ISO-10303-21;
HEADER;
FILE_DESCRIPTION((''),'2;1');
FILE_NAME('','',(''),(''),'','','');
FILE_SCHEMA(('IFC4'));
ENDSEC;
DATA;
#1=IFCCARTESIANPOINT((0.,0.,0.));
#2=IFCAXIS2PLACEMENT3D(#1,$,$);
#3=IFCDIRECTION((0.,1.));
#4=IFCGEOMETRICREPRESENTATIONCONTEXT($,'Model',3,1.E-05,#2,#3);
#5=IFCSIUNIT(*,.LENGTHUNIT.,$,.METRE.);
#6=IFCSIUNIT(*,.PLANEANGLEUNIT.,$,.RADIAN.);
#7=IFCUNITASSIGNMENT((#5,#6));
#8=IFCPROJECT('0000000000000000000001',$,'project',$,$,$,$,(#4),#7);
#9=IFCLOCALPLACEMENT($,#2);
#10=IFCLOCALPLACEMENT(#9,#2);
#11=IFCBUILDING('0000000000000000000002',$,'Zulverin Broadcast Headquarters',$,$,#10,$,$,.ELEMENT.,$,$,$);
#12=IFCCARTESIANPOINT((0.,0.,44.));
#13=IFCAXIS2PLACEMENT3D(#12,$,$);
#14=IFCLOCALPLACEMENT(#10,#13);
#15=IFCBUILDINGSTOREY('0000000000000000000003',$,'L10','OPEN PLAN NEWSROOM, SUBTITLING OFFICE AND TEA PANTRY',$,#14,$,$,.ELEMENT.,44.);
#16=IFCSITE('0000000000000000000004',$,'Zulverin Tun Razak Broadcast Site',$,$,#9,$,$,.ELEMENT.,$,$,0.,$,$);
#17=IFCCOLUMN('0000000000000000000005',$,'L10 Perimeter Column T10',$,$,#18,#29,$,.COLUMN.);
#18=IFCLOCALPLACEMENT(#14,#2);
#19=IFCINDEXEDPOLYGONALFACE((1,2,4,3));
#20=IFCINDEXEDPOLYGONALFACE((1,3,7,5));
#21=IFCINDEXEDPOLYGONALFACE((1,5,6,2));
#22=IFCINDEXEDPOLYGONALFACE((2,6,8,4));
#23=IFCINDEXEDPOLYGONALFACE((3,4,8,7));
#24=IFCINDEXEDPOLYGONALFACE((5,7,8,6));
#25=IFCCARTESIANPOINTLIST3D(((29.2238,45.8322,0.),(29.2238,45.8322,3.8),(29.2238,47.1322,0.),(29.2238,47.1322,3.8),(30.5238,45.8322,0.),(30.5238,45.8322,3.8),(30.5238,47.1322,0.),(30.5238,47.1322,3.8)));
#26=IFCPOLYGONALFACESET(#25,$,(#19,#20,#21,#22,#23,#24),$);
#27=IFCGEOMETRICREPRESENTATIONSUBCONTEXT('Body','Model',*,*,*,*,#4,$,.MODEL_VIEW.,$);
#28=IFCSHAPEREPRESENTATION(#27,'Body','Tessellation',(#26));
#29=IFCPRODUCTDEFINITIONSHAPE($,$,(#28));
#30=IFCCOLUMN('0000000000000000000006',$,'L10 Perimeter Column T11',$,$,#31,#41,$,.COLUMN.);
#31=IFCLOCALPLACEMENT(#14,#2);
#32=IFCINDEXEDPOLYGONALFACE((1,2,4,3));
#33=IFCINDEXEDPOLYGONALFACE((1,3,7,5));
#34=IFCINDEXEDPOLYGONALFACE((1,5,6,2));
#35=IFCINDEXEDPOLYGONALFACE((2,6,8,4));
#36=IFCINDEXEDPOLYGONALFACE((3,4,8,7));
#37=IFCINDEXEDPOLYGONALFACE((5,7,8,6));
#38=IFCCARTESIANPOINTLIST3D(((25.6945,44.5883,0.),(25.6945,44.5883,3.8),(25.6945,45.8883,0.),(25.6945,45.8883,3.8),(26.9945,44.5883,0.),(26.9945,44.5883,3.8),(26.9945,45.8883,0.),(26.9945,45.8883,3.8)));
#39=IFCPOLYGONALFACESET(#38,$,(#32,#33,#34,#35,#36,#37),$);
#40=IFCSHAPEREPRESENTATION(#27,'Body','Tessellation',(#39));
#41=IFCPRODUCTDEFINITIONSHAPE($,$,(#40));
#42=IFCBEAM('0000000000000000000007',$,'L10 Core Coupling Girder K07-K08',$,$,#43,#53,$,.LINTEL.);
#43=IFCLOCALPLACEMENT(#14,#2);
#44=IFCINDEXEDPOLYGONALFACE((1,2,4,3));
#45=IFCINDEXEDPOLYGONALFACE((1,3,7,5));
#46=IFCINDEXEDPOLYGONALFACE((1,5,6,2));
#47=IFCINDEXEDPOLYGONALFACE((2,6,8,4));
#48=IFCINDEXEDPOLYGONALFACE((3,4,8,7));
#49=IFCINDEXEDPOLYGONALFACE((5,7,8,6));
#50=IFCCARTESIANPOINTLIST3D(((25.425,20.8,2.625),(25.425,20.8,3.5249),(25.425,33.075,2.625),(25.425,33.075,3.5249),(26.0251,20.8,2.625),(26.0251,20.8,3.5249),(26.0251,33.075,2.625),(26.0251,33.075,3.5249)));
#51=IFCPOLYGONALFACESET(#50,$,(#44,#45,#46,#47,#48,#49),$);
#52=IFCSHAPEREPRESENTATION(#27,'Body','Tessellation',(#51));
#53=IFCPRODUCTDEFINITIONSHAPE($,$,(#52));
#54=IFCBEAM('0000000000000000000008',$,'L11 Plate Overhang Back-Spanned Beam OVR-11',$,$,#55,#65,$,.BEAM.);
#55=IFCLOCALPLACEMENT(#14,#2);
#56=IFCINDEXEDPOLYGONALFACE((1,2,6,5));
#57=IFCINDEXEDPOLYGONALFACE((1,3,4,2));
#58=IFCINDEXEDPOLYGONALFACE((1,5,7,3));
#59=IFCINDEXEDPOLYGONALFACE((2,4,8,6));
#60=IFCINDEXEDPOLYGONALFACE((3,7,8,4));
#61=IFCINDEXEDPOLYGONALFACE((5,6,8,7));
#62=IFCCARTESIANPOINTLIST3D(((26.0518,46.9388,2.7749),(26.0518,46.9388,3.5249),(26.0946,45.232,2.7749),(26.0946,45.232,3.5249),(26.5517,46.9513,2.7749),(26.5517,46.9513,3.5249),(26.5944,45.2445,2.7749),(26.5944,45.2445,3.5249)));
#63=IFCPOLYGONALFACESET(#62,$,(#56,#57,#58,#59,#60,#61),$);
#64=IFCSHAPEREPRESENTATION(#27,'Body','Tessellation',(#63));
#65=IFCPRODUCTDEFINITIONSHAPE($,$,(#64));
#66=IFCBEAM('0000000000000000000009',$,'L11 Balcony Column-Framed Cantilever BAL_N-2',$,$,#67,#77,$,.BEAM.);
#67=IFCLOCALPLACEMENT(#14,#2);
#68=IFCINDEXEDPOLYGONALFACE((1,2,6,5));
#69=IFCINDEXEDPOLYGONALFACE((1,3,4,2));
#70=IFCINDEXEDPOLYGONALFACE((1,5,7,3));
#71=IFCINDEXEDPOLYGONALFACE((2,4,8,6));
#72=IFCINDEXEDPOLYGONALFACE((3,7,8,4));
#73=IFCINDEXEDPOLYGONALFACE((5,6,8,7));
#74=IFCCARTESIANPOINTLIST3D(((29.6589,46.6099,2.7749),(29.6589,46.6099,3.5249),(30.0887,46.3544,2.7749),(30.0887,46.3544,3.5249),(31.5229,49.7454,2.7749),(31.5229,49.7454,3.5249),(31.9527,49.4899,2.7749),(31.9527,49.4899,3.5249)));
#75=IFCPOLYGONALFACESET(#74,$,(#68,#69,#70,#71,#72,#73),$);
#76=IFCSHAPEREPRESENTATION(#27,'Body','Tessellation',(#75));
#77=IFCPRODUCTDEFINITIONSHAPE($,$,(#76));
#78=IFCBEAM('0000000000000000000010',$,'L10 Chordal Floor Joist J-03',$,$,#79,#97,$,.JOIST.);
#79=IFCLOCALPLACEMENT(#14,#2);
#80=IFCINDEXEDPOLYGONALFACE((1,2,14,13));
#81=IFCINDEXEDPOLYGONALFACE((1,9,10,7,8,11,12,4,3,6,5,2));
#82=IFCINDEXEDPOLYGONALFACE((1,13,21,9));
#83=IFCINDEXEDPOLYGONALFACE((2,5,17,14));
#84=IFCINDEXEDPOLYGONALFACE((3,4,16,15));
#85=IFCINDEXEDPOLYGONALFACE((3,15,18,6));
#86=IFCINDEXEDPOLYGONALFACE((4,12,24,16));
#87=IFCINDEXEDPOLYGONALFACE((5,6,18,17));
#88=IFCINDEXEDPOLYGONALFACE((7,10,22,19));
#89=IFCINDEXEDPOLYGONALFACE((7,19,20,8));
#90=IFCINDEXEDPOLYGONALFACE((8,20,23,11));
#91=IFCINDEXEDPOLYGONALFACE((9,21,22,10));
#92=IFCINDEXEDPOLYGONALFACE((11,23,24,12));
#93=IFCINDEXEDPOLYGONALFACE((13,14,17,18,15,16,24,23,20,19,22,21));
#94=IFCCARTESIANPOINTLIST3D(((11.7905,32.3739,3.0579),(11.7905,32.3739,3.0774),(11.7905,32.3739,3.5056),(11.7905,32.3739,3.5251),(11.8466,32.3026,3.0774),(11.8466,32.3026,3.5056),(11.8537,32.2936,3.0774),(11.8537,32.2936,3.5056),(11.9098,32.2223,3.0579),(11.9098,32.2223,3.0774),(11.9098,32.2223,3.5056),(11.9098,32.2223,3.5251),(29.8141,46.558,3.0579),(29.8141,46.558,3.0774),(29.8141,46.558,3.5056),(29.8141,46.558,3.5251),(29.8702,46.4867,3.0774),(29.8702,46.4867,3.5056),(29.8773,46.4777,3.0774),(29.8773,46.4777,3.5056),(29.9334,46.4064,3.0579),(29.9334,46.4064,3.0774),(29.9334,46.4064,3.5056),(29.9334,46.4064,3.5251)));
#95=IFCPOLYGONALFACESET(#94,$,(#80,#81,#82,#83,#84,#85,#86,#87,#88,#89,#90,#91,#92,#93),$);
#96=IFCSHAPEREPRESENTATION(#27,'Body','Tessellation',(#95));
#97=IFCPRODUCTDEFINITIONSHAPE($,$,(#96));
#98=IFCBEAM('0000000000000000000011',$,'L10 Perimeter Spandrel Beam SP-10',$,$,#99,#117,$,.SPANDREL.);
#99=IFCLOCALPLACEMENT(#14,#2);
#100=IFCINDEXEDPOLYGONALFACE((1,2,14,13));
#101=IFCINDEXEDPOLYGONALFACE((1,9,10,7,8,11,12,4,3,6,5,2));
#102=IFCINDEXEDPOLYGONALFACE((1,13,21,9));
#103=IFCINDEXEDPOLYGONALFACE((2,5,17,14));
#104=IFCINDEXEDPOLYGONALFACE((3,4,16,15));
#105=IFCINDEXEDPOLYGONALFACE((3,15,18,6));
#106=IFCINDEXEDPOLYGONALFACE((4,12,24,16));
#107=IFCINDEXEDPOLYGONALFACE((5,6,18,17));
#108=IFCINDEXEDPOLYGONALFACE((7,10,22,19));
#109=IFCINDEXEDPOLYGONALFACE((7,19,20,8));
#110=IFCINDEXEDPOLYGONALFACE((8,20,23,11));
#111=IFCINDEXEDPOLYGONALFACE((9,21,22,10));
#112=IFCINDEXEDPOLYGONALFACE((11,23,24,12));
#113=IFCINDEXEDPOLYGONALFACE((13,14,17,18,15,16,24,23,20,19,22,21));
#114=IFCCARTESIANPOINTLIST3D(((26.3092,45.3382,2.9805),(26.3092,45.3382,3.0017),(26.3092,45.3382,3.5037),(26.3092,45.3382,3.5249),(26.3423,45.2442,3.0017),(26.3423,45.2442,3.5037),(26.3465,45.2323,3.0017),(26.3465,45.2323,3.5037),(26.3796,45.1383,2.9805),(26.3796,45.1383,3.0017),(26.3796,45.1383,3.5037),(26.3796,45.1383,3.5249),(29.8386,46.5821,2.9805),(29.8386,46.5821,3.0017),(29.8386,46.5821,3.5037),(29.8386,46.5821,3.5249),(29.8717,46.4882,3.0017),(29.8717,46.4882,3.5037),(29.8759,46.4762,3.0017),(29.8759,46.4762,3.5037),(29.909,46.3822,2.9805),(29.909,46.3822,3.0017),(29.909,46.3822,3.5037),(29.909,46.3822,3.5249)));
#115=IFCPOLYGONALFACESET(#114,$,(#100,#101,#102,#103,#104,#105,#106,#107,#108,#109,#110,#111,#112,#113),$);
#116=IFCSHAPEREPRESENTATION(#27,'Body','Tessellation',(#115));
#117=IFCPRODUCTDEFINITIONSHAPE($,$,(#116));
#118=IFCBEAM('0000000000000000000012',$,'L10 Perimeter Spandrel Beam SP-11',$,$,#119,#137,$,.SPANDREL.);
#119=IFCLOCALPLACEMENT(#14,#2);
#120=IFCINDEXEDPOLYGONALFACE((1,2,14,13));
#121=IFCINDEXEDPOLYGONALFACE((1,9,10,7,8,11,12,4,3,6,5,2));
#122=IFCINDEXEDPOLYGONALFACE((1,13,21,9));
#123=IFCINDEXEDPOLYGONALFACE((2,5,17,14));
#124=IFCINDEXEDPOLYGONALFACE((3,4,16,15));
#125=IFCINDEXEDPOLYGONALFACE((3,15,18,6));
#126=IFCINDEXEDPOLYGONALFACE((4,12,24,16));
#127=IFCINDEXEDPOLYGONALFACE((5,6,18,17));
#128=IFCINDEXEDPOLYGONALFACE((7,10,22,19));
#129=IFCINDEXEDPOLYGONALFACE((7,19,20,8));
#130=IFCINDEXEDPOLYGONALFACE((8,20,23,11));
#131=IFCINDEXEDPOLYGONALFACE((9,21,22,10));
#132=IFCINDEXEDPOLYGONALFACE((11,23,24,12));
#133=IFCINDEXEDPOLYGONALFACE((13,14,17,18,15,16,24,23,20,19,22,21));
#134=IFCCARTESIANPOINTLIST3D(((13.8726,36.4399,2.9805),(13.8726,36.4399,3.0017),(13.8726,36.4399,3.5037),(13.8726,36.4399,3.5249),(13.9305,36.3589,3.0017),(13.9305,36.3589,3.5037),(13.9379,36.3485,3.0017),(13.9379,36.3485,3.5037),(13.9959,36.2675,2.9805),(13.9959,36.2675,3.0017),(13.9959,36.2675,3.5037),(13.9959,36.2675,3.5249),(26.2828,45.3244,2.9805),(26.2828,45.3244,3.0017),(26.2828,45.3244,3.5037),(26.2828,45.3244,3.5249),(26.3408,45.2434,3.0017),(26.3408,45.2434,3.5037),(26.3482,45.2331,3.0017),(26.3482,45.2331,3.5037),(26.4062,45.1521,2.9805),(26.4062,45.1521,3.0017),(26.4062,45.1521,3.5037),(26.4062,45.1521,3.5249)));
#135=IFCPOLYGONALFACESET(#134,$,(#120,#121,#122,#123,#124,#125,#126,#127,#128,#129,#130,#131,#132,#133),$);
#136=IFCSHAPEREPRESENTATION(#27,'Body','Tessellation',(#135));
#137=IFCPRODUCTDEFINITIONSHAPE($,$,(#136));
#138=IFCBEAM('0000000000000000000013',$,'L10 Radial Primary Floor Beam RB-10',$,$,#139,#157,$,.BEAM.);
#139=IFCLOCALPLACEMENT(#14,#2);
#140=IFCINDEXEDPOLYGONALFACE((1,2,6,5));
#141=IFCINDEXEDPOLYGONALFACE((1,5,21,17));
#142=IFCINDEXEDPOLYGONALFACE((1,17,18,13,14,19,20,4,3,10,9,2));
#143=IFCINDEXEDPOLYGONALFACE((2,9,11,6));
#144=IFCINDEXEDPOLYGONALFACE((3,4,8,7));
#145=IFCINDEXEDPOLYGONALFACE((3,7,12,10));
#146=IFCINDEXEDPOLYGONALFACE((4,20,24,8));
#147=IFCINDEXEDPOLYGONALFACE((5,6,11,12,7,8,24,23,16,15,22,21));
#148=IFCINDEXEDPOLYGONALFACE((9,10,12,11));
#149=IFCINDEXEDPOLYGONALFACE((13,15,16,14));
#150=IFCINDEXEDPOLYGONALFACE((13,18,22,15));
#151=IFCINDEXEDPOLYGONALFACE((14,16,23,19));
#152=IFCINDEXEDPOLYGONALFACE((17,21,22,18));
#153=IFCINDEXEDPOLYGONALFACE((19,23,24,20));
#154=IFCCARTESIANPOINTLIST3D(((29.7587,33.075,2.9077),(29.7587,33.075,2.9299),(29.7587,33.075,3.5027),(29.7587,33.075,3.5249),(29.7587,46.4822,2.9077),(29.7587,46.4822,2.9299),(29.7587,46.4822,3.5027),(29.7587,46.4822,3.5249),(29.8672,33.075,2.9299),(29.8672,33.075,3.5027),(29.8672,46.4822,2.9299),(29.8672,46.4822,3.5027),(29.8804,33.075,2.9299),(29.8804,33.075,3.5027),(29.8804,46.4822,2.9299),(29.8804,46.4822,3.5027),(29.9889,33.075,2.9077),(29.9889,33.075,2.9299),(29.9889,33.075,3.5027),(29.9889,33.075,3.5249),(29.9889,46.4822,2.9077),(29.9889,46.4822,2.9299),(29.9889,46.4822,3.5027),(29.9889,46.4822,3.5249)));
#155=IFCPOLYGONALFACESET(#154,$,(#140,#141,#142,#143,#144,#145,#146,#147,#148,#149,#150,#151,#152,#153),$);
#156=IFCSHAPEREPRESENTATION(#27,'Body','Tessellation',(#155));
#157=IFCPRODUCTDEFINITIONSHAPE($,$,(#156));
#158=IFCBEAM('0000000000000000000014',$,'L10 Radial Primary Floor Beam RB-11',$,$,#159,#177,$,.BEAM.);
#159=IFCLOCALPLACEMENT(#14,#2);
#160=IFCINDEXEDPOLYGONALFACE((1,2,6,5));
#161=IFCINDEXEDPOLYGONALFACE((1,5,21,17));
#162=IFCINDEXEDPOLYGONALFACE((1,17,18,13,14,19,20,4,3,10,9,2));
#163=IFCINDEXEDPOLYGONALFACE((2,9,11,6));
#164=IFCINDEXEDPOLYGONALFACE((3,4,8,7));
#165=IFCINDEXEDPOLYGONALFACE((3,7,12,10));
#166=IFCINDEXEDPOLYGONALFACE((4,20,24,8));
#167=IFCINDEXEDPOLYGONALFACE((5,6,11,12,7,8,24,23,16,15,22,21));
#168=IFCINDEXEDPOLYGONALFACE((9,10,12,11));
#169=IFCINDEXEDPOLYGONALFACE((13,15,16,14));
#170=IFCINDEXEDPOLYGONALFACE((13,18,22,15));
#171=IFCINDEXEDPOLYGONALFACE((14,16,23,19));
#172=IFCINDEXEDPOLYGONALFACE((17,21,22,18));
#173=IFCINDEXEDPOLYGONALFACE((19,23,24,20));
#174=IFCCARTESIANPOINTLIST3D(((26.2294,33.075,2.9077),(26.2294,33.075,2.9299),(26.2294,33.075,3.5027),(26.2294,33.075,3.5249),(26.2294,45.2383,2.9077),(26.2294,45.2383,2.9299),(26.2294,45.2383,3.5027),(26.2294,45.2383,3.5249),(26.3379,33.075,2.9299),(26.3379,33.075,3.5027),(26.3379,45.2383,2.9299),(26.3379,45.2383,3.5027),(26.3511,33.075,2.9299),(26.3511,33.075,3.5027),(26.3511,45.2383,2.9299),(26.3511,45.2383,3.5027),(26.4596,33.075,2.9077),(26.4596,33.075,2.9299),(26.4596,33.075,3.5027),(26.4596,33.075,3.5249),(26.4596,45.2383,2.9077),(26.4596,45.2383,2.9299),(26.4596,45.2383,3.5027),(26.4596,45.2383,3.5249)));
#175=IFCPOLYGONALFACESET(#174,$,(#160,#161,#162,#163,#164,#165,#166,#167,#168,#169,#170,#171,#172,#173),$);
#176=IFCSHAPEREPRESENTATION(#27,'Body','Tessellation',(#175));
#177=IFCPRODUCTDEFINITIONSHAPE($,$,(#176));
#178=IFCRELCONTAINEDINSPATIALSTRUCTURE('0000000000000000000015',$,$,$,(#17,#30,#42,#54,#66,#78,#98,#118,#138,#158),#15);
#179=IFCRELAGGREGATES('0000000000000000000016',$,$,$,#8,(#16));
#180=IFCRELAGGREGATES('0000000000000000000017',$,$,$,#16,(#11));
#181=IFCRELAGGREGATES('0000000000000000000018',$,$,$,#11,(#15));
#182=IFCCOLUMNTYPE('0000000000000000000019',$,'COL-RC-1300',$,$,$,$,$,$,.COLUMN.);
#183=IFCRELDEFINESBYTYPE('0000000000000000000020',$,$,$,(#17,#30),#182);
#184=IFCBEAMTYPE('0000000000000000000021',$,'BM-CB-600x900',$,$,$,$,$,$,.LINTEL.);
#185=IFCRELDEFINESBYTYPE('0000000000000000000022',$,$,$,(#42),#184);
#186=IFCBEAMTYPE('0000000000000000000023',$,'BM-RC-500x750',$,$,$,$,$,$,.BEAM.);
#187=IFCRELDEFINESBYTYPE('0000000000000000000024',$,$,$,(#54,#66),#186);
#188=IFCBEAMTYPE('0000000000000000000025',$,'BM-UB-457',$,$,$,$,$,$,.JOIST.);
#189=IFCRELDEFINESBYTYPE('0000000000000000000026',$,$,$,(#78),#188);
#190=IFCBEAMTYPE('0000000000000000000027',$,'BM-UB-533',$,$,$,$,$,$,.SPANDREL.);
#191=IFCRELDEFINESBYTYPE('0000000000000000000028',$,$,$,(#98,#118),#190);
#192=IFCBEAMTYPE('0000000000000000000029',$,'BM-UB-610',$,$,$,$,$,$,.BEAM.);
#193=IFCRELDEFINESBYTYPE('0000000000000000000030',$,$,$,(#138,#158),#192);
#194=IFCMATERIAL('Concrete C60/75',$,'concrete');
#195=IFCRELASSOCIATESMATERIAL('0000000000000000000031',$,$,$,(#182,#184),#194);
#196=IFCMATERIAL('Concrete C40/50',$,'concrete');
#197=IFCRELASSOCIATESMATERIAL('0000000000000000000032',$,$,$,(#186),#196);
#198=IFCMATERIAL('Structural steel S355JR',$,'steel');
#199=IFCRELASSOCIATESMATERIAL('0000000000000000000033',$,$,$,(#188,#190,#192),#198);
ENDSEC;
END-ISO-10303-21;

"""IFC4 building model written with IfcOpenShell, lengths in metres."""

from ifc_helpers import new_model, si_unit, direction, frame, origin, origin_2d, place, context, subcontext, project, spatial, rectangle, i_section, extrude, material, material_profile, profile_set, type_object, element, save


model = new_model("IFC4")

# Units and contexts
model_context = context("Model", 3, precision=1e-05, world=origin(), true_north=direction((0.0, 1.0)))
body_context = subcontext(model_context, "Body", "Model", "MODEL_VIEW")
ifc_project = project(units=[si_unit("LENGTHUNIT", "METRE"), si_unit("PLANEANGLEUNIT", "RADIAN")], contexts=[model_context])

# Site, building, storey
site_placement = place(None, origin())
site = spatial("IfcSite", under=ifc_project, at=site_placement, Name="Zulverin Tun Razak Broadcast Site", CompositionType="ELEMENT", RefElevation=0.0)
building_placement = place(site_placement, origin())
building = spatial("IfcBuilding", under=site, at=building_placement, Name="Zulverin Broadcast Headquarters", CompositionType="ELEMENT")
storey_placement = place(building_placement, frame((0.0, 0.0, 44.0)))
storey = spatial("IfcBuildingStorey", under=building, at=storey_placement, Name="L10", Description="OPEN PLAN NEWSROOM, SUBTITLING OFFICE AND TEA PANTRY", CompositionType="ELEMENT", Elevation=44.0)

# Columns
ifc_material_1 = material(Name="Concrete C60/75", Category="concrete")
ifc_material_profile_1 = material_profile(ifc_material_1, rectangle(XDim=1.3, YDim=1.3, at=origin_2d()), Name="Concrete C60/75", Category="concrete")
ifc_profile_set_1 = profile_set([ifc_material_profile_1], Name="Concrete C60/75")
column_type = type_object("IfcColumnType", Name="COL-RC-1300", PredefinedType="COLUMN", material=ifc_profile_set_1)
for number, where, z_axis, x_axis, name in (
    (1, (29.8738, 46.4822, 0.0), (0.0, 0.0, 1.0), (1.0, 0.0, 0.0), "L10 Perimeter Column T10"),
    (2, (26.3445, 45.2383, 0.0), (0.0, 0.0, 1.0), (1.0, 0.0, 0.0), "L10 Perimeter Column T11"),
):
    element("IfcColumn", number, at=place(storey_placement, frame(where, z_axis=z_axis, x_axis=x_axis)), inside=storey, type_object=column_type, Name=name, PredefinedType="COLUMN", context=body_context, shape_type="SweptSolid", body=[
        extrude(rectangle(XDim=1.3, YDim=1.3, at=origin_2d()), origin(), (0.0, 0.0, 1.0), 3.8),
    ])

# Beams
ifc_material_profile_2 = material_profile(ifc_material_1, rectangle(XDim=0.6001, YDim=0.8999, at=origin_2d()), Name="Concrete C60/75", Category="concrete")
ifc_profile_set_2 = profile_set([ifc_material_profile_2], Name="Concrete C60/75")
beam_type_1 = type_object("IfcBeamType", Name="BM-CB-600x900", PredefinedType="LINTEL", material=ifc_profile_set_2)
beam_1_placement = place(storey_placement, frame((25.7251, 33.075, 3.075), z_axis=(0.0, -1.0, 0.0), x_axis=(1.0, 0.0, 0.0)))
element("IfcBeam", 3, at=beam_1_placement, inside=storey, type_object=beam_type_1, Name="L10 Core Coupling Girder K07-K08", PredefinedType="LINTEL", context=body_context, shape_type="SweptSolid", body=[
    extrude(rectangle(XDim=0.6001, YDim=0.8999, at=origin_2d()), origin(), (0.0, 0.0, 1.0), 12.2749),
])
ifc_material_2 = material(Name="Concrete C40/50", Category="concrete")
ifc_material_profile_3 = material_profile(ifc_material_2, rectangle(XDim=0.5, YDim=0.75, at=origin_2d()), Name="Concrete C40/50", Category="concrete")
ifc_profile_set_3 = profile_set([ifc_material_profile_3], Name="Concrete C40/50")
beam_type_2 = type_object("IfcBeamType", Name="BM-RC-500x750", PredefinedType="BEAM", material=ifc_profile_set_3)
beam_2_placement = place(storey_placement, frame((26.3445, 45.2383, 3.1499), z_axis=(-0.025024, 0.999687, 0.0), x_axis=(-0.999687, -0.025024, 0.0)))
element("IfcBeam", 4, at=beam_2_placement, inside=storey, type_object=beam_type_2, Name="L11 Plate Overhang Back-Spanned Beam OVR-11", PredefinedType="BEAM", context=body_context, shape_type="SweptSolid", body=[
    extrude(rectangle(XDim=0.5, YDim=0.75, at=origin_2d()), origin(), (0.0, 0.0, 1.0), 1.7073),
])
beam_3_placement = place(storey_placement, frame((29.8738, 46.4822, 3.1499), z_axis=(0.511007, 0.859576, 0.0), x_axis=(-0.859576, 0.511007, 0.0)))
element("IfcBeam", 5, at=beam_3_placement, inside=storey, type_object=beam_type_2, Name="L11 Balcony Column-Framed Cantilever BAL_N-2", PredefinedType="BEAM", context=body_context, shape_type="SweptSolid", body=[
    extrude(rectangle(XDim=0.5, YDim=0.75, at=origin_2d()), origin(), (0.0, 0.0, 1.0), 3.6477),
])
ifc_material_3 = material(Name="Structural steel S355JR", Category="steel")
ifc_material_profile_4 = material_profile(ifc_material_3, i_section(OverallWidth=0.1929, OverallDepth=0.4673, WebThickness=0.0115, FlangeThickness=0.0195, at=origin_2d()), Name="Structural steel S355JR", Category="steel")
ifc_profile_set_4 = profile_set([ifc_material_profile_4], Name="Structural steel S355JR")
beam_type_3 = type_object("IfcBeamType", Name="BM-UB-457", PredefinedType="JOIST", material=ifc_profile_set_4)
beam_4_placement = place(storey_placement, frame((29.8738, 46.4822, 3.2915), z_axis=(-0.785839, -0.618431, 0.0), x_axis=(0.618431, -0.785839, 0.0)))
element("IfcBeam", 6, at=beam_4_placement, inside=storey, type_object=beam_type_3, Name="L10 Chordal Floor Joist J-03", PredefinedType="JOIST", context=body_context, shape_type="SweptSolid", body=[
    extrude(i_section(OverallWidth=0.1929, OverallDepth=0.4673, WebThickness=0.0115, FlangeThickness=0.0195, at=origin_2d()), origin(), (0.0, 0.0, 1.0), 22.9355),
])
ifc_material_profile_5 = material_profile(ifc_material_3, i_section(OverallWidth=0.2119, OverallDepth=0.5444, WebThickness=0.0127, FlangeThickness=0.0212, at=origin_2d()), Name="Structural steel S355JR", Category="steel")
ifc_profile_set_5 = profile_set([ifc_material_profile_5], Name="Structural steel S355JR")
beam_type_4 = type_object("IfcBeamType", Name="BM-UB-533", PredefinedType="SPANDREL", material=ifc_profile_set_5)
beam_5_placement = place(storey_placement, frame((29.8738, 46.4822, 3.2527), z_axis=(-0.943136, -0.332407, 0.0), x_axis=(0.332407, -0.943136, 0.0)))
element("IfcBeam", 7, at=beam_5_placement, inside=storey, type_object=beam_type_4, Name="L10 Perimeter Spandrel Beam SP-10", PredefinedType="SPANDREL", context=body_context, shape_type="SweptSolid", body=[
    extrude(i_section(OverallWidth=0.2119, OverallDepth=0.5444, WebThickness=0.0127, FlangeThickness=0.0212, at=origin_2d()), origin(), (0.0, 0.0, 1.0), 3.7422),
])
beam_6_placement = place(storey_placement, frame((26.3445, 45.2383, 3.2527), z_axis=(-0.813109, -0.582111, 0.0), x_axis=(0.582111, -0.813109, 0.0)))
element("IfcBeam", 8, at=beam_6_placement, inside=storey, type_object=beam_type_4, Name="L10 Perimeter Spandrel Beam SP-11", PredefinedType="SPANDREL", context=body_context, shape_type="SweptSolid", body=[
    extrude(i_section(OverallWidth=0.2119, OverallDepth=0.5444, WebThickness=0.0127, FlangeThickness=0.0212, at=origin_2d()), origin(), (0.0, 0.0, 1.0), 15.2627),
])
ifc_material_profile_6 = material_profile(ifc_material_3, i_section(OverallWidth=0.2302, OverallDepth=0.6172, WebThickness=0.0132, FlangeThickness=0.0222, at=origin_2d()), Name="Structural steel S355JR", Category="steel")
ifc_profile_set_6 = profile_set([ifc_material_profile_6], Name="Structural steel S355JR")
beam_type_5 = type_object("IfcBeamType", Name="BM-UB-610", PredefinedType="BEAM", material=ifc_profile_set_6)
beam_7_placement = place(storey_placement, frame((29.8738, 33.075, 3.2163), z_axis=(0.0, 1.0, 0.0), x_axis=(-1.0, 0.0, 0.0)))
element("IfcBeam", 9, at=beam_7_placement, inside=storey, type_object=beam_type_5, Name="L10 Radial Primary Floor Beam RB-10", PredefinedType="BEAM", context=body_context, shape_type="SweptSolid", body=[
    extrude(i_section(OverallWidth=0.2302, OverallDepth=0.6172, WebThickness=0.0132, FlangeThickness=0.0222, at=origin_2d()), origin(), (0.0, 0.0, 1.0), 13.4072),
])
beam_8_placement = place(storey_placement, frame((26.3445, 33.075, 3.2163), z_axis=(0.0, 1.0, 0.0), x_axis=(-1.0, 0.0, 0.0)))
element("IfcBeam", 10, at=beam_8_placement, inside=storey, type_object=beam_type_5, Name="L10 Radial Primary Floor Beam RB-11", PredefinedType="BEAM", context=body_context, shape_type="SweptSolid", body=[
    extrude(i_section(OverallWidth=0.2302, OverallDepth=0.6172, WebThickness=0.0132, FlangeThickness=0.0222, at=origin_2d()), origin(), (0.0, 0.0, 1.0), 12.1633),
])

save(model, "model.ifc")
